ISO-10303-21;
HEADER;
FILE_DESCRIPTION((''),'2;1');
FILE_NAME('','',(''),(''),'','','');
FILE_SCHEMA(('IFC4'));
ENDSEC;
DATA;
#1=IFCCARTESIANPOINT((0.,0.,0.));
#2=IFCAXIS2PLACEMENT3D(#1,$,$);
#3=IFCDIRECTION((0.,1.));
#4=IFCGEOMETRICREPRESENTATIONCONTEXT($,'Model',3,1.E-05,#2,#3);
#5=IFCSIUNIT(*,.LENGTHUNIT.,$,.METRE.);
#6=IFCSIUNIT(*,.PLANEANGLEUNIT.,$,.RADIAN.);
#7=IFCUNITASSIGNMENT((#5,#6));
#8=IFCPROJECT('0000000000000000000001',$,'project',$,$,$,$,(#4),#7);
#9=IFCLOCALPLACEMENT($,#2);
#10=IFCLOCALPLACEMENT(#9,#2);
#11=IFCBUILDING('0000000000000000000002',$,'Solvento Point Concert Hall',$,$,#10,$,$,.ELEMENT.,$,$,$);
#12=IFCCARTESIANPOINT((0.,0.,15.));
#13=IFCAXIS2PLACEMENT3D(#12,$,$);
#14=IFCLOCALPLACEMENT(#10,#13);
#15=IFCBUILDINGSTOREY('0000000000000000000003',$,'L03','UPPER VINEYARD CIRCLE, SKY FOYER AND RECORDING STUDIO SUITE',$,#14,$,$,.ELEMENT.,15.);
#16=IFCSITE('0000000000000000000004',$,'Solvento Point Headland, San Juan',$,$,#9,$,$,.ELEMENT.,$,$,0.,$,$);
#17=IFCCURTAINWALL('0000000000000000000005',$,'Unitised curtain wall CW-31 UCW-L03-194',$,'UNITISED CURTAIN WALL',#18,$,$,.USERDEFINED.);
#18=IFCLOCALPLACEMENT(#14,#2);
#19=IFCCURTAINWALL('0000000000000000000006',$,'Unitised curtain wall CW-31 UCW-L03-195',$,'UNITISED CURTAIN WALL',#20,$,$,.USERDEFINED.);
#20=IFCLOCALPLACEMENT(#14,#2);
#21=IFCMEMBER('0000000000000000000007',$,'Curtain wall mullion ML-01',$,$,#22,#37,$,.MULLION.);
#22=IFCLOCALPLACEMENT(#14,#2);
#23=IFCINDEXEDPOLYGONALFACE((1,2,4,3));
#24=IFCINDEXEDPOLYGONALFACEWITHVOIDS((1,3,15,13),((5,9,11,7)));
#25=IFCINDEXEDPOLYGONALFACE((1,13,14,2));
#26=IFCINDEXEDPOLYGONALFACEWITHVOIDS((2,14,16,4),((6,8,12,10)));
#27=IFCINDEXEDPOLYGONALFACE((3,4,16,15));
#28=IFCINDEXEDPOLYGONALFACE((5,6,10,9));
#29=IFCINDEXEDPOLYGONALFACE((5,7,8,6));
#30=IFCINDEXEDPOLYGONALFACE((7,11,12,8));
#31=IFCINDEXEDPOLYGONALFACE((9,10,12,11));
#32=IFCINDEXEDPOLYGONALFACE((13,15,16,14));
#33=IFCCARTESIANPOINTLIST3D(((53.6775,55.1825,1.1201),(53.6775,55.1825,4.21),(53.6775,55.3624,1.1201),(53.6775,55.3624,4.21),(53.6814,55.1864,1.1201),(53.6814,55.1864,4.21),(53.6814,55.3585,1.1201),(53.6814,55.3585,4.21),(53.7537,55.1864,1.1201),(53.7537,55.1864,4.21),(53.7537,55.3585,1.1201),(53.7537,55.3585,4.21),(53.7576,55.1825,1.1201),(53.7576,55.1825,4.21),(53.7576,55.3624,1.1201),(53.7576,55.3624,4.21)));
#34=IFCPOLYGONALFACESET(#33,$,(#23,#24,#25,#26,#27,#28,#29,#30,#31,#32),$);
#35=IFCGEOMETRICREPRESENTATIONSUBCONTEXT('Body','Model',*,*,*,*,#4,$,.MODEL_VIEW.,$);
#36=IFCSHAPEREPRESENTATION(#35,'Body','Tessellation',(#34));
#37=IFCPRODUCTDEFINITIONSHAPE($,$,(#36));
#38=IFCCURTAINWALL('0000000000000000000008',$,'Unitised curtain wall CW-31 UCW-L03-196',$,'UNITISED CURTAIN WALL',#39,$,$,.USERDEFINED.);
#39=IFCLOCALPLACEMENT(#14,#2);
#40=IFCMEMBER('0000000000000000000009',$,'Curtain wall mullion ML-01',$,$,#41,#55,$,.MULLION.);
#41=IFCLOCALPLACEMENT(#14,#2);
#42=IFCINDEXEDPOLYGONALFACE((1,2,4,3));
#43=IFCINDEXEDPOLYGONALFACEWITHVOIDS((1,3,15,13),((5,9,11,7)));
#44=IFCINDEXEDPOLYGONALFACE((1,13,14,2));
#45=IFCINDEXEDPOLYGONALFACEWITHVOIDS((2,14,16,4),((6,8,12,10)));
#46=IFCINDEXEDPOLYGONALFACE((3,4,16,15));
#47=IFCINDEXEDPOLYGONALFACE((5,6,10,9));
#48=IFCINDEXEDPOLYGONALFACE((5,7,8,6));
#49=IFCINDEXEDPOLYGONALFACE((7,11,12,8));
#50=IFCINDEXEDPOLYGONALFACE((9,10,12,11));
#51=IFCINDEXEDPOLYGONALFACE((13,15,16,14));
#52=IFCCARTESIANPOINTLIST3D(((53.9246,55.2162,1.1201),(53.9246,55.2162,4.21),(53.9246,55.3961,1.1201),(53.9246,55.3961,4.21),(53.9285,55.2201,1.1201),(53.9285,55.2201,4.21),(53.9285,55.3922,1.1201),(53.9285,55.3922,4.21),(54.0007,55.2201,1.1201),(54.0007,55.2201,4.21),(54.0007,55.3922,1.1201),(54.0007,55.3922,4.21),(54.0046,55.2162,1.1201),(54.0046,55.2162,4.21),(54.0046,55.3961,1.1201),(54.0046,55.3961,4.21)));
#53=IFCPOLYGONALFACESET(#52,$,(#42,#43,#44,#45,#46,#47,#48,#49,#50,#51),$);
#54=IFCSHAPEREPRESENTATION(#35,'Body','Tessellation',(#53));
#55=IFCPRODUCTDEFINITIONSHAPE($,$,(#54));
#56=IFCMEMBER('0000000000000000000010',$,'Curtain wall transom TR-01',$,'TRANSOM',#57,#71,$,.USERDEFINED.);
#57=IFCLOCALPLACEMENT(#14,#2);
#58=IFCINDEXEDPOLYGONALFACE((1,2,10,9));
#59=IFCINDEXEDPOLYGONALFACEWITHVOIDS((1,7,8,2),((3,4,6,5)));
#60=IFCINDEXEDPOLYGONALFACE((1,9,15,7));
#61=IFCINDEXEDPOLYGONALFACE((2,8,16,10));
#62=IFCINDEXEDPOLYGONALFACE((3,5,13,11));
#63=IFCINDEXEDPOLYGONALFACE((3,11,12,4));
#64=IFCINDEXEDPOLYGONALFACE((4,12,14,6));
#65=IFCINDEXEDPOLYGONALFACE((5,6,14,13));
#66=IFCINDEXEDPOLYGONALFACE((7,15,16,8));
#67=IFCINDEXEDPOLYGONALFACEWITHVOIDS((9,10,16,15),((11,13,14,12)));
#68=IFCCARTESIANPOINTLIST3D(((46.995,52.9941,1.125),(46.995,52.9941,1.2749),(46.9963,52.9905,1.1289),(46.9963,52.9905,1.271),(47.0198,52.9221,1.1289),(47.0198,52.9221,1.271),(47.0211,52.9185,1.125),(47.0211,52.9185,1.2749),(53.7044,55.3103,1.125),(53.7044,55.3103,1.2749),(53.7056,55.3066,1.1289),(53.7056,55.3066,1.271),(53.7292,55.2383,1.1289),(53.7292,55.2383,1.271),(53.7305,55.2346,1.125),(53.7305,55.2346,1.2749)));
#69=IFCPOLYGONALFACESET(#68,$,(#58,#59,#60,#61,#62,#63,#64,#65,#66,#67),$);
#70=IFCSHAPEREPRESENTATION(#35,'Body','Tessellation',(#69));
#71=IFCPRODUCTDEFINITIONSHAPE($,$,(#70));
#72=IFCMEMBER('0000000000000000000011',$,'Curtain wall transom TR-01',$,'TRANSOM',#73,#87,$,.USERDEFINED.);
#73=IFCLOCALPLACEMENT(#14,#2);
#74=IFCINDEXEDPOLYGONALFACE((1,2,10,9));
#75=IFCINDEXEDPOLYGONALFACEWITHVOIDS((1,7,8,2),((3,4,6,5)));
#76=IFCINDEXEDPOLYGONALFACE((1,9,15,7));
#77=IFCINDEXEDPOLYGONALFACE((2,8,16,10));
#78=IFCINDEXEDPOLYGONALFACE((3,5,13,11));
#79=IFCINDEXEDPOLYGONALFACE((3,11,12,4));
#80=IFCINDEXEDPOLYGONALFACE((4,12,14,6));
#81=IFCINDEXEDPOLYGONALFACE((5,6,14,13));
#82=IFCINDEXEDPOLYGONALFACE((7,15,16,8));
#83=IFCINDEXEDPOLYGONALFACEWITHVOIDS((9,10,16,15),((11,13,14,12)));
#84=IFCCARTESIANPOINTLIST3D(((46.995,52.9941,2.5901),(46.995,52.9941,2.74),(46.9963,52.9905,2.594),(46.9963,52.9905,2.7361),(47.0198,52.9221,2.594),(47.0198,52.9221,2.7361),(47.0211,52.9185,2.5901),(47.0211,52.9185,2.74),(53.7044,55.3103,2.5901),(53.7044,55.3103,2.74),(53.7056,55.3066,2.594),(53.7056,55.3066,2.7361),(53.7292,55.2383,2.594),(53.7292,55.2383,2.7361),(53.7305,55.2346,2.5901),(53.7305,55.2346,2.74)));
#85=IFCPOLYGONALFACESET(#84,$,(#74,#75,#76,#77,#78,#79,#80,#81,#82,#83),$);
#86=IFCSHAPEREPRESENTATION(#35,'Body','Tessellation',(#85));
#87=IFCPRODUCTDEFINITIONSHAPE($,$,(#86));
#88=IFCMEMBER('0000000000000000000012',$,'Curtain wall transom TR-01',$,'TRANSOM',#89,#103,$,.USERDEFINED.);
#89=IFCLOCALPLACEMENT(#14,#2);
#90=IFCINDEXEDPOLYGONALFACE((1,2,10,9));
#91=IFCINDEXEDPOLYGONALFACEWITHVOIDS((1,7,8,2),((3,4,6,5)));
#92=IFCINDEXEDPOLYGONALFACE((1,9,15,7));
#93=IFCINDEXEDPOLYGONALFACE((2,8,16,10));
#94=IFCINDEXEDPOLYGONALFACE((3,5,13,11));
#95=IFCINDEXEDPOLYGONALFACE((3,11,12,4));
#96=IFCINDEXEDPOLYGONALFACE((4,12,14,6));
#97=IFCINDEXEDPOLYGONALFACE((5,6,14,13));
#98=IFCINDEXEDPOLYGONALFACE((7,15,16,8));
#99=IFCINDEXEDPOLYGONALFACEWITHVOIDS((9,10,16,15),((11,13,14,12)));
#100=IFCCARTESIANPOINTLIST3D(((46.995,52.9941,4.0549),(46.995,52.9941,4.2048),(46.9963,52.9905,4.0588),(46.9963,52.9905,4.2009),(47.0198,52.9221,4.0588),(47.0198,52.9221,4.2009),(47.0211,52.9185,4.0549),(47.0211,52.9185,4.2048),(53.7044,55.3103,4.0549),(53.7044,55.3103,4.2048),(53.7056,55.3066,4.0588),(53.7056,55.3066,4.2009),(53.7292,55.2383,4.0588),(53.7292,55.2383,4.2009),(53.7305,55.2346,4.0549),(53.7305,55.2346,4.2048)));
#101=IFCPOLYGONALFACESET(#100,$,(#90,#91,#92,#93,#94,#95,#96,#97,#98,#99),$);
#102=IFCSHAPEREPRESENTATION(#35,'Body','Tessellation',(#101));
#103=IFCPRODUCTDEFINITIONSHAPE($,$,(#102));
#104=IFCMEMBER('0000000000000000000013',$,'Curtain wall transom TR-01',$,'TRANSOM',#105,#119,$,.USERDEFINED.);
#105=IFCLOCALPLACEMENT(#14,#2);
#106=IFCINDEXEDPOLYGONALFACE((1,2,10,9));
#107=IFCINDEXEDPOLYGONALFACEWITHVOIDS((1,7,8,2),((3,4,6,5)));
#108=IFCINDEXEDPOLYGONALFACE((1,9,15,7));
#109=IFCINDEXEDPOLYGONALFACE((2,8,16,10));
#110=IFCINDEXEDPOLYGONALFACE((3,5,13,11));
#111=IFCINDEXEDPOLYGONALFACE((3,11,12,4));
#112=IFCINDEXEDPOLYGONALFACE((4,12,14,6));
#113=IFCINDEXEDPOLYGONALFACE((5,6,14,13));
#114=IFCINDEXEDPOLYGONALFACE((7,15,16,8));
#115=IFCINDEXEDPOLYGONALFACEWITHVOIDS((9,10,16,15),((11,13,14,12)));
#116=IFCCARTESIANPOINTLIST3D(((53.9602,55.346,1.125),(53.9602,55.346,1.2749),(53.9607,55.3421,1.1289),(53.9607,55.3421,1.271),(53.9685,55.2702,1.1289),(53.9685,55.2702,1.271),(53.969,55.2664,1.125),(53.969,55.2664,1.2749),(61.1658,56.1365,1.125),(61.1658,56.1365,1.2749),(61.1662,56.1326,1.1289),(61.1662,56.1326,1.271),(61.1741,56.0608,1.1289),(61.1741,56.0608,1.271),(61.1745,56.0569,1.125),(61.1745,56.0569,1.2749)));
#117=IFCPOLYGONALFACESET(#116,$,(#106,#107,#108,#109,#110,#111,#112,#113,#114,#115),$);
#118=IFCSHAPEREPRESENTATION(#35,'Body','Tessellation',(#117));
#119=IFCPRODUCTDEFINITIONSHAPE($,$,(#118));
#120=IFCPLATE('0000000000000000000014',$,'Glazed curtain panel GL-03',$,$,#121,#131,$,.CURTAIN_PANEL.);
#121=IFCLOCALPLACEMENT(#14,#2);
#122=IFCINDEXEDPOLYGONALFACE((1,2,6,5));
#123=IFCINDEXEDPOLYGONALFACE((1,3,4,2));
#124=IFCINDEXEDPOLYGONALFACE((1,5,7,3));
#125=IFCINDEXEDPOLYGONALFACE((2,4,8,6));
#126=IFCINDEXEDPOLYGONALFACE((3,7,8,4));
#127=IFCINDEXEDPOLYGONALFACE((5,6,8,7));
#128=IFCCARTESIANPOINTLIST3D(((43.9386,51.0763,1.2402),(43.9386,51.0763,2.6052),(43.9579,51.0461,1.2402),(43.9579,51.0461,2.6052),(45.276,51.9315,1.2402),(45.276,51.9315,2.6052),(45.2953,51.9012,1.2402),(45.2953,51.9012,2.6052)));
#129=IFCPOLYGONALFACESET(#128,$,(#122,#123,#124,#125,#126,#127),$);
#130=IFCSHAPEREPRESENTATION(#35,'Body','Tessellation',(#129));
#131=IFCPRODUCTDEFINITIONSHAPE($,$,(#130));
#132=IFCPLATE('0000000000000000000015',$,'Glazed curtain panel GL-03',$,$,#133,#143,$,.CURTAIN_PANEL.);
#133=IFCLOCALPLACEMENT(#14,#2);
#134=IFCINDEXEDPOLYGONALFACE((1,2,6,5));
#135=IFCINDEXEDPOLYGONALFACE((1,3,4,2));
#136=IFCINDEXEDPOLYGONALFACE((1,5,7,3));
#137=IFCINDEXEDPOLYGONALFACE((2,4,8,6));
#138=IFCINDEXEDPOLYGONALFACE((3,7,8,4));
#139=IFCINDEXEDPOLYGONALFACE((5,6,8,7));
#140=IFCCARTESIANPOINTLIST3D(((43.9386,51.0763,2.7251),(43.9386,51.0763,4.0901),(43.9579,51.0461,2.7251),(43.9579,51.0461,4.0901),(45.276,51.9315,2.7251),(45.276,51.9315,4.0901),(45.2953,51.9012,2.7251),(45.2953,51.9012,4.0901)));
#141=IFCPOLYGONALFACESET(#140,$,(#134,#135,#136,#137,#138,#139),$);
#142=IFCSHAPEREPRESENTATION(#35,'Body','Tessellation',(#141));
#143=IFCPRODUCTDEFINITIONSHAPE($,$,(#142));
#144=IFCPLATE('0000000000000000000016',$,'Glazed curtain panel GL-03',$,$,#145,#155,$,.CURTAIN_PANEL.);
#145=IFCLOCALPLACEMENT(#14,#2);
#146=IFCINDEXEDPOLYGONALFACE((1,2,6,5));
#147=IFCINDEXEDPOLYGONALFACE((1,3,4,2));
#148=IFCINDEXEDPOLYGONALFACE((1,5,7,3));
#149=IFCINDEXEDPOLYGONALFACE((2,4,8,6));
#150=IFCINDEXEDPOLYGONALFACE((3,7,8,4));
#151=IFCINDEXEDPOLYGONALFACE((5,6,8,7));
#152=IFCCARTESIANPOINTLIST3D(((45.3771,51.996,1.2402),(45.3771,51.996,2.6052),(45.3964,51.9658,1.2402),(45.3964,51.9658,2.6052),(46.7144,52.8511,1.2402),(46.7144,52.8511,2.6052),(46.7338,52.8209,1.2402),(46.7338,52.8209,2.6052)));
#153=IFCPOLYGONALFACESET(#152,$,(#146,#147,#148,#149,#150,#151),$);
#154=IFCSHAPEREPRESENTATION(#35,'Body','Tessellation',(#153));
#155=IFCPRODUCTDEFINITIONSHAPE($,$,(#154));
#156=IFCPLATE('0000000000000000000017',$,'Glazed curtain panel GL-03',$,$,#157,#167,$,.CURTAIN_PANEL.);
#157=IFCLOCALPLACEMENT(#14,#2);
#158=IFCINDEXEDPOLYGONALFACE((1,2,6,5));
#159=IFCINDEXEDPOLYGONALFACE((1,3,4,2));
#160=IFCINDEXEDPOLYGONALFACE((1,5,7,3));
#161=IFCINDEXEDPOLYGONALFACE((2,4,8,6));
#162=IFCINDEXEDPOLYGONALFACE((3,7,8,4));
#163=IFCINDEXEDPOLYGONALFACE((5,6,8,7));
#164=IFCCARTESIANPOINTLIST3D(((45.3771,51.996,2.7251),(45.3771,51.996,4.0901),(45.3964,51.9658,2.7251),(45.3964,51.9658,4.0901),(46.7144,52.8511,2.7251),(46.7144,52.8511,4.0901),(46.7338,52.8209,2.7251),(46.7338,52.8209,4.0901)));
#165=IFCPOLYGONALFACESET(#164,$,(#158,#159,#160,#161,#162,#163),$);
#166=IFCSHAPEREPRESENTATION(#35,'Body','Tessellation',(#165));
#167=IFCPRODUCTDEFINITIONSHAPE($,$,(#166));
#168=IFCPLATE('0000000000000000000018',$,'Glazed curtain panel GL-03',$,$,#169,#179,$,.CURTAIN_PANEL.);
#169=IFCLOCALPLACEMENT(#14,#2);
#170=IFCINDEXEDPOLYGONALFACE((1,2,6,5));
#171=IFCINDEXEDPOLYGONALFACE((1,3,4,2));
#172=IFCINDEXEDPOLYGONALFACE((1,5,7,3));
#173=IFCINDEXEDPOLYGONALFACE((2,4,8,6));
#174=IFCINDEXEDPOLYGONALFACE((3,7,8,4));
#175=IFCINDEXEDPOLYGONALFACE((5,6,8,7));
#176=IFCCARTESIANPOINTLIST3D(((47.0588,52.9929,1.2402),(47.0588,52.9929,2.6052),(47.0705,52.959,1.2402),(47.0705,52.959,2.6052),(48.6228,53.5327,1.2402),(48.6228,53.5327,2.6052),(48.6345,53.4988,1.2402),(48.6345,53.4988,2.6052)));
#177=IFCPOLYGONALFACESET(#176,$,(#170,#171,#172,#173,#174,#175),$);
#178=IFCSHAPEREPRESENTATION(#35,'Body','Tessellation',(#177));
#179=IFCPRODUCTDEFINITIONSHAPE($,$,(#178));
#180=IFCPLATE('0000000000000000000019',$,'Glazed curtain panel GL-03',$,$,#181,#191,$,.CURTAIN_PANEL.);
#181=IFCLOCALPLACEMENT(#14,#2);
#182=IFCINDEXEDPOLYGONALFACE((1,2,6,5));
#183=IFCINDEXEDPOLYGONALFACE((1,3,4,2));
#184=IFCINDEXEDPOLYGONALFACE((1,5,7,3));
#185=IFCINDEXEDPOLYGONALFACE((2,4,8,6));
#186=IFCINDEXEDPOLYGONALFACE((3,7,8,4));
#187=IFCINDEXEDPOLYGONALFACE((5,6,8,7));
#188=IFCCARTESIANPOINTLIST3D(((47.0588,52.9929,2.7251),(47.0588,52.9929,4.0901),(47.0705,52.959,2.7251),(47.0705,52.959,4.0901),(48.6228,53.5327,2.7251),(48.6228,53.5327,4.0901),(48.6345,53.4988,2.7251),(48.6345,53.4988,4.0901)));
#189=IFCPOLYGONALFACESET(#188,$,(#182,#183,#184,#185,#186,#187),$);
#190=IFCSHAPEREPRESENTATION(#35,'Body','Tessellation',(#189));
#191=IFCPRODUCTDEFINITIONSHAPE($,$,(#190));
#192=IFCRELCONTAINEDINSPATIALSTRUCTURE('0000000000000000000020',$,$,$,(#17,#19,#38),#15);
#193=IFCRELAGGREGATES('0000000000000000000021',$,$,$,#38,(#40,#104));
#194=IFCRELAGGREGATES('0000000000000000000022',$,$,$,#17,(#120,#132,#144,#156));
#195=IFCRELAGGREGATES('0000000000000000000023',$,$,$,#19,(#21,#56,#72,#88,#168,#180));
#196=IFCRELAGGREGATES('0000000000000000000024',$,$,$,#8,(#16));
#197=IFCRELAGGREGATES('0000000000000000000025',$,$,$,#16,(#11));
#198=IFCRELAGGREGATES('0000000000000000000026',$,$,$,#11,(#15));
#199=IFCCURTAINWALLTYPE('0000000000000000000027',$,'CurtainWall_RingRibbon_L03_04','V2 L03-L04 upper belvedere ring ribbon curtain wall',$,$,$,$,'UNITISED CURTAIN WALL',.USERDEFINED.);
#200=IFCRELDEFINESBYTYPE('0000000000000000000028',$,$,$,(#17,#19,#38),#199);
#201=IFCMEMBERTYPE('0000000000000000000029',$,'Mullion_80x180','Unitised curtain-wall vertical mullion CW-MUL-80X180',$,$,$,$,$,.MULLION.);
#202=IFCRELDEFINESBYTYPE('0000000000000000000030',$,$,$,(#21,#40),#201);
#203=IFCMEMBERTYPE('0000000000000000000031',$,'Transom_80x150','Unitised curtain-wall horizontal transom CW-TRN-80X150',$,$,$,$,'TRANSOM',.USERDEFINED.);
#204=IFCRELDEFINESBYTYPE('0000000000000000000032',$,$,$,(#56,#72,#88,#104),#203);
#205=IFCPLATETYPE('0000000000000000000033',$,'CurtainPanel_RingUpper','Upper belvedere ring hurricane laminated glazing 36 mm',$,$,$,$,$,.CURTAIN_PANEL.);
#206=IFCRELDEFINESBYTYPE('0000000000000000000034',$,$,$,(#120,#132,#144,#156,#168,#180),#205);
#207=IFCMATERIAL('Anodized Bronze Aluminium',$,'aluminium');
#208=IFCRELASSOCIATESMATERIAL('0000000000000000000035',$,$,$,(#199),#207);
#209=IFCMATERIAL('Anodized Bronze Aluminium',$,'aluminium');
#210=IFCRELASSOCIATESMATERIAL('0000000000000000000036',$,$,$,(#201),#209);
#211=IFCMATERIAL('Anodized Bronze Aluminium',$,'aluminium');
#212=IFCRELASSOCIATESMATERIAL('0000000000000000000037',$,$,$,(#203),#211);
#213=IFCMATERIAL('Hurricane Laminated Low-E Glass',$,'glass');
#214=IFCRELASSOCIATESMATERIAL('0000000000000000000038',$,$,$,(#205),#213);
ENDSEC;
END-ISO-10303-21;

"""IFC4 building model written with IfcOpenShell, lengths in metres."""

from ifc_helpers import new_model, si_unit, direction, frame, origin, origin_2d, place, context, subcontext, project, spatial, rectangle, hollow_rectangle, extrude, material, material_profile, profile_set, type_object, element, aggregate, save


model = new_model("IFC4")

# Units and contexts
model_context = context("Model", 3, precision=1e-05, world=origin(), true_north=direction((0.0, 1.0)))
body_context = subcontext(model_context, "Body", "Model", "MODEL_VIEW")
ifc_project = project(units=[si_unit("LENGTHUNIT", "METRE"), si_unit("PLANEANGLEUNIT", "RADIAN")], contexts=[model_context])

# Site, building, storey
site_placement = place(None, origin())
site = spatial("IfcSite", under=ifc_project, at=site_placement, Name="Solvento Point Headland, San Juan", CompositionType="ELEMENT", RefElevation=0.0)
building_placement = place(site_placement, origin())
building = spatial("IfcBuilding", under=site, at=building_placement, Name="Solvento Point Concert Hall", CompositionType="ELEMENT")
storey_placement = place(building_placement, frame((0.0, 0.0, 15.0)))
storey = spatial("IfcBuildingStorey", under=building, at=storey_placement, Name="L03", Description="UPPER VINEYARD CIRCLE, SKY FOYER AND RECORDING STUDIO SUITE", CompositionType="ELEMENT", Elevation=15.0)

# Curtain walls, member
ifc_material_1 = material(Name="Anodized Bronze Aluminium", Category="aluminium")
curtain_wall_type = type_object("IfcCurtainWallType", Name="CurtainWall_RingRibbon_L03_04", Description="V2 L03-L04 upper belvedere ring ribbon curtain wall", ElementType="UNITISED CURTAIN WALL", PredefinedType="USERDEFINED", material=ifc_material_1)
curtain_wall_1_placement = place(storey_placement, origin())
curtain_wall_1 = element("IfcCurtainWall", 1, at=curtain_wall_1_placement, inside=storey, type_object=curtain_wall_type, Name="Unitised curtain wall CW-31 UCW-L03-194", ObjectType="UNITISED CURTAIN WALL", PredefinedType="USERDEFINED")
ifc_material_2 = material(Name="Anodized Bronze Aluminium", Category="aluminium")
ifc_material_profile_1 = material_profile(ifc_material_2, hollow_rectangle(XDim=0.0801, YDim=0.1799, WallThickness=0.0039, at=origin_2d()), Name="CW-MUL-80X180")
ifc_profile_set_1 = profile_set([ifc_material_profile_1], Name="Anodized Bronze Aluminium")
member_type_1 = type_object("IfcMemberType", Name="Mullion_80x180", Description="Unitised curtain-wall vertical mullion CW-MUL-80X180", PredefinedType="MULLION", material=ifc_profile_set_1)
curtain_wall_2_placement = place(storey_placement, origin())
curtain_wall_2 = element("IfcCurtainWall", 2, at=curtain_wall_2_placement, inside=storey, type_object=curtain_wall_type, Name="Unitised curtain wall CW-31 UCW-L03-195", ObjectType="UNITISED CURTAIN WALL", PredefinedType="USERDEFINED")
member_1_placement = place(storey_placement, frame((53.7175, 55.2725, 1.1201), z_axis=(0.0, 0.0, 1.0), x_axis=(1.0, 0.0, 0.0)))
member_1 = element("IfcMember", 3, at=member_1_placement, type_object=member_type_1, Name="Curtain wall mullion ML-01", PredefinedType="MULLION", context=body_context, shape_type="SweptSolid", body=[
    extrude(hollow_rectangle(XDim=0.0801, YDim=0.1799, WallThickness=0.0039, at=origin_2d()), origin(), (0.0, 0.0, 1.0), 3.0898),
])

# Curtain wall, member
curtain_wall_3_placement = place(storey_placement, origin())
curtain_wall_3 = element("IfcCurtainWall", 4, at=curtain_wall_3_placement, inside=storey, type_object=curtain_wall_type, Name="Unitised curtain wall CW-31 UCW-L03-196", ObjectType="UNITISED CURTAIN WALL", PredefinedType="USERDEFINED")
member_2_placement = place(storey_placement, frame((53.9646, 55.3062, 1.1201), z_axis=(0.0, 0.0, 1.0), x_axis=(1.0, 0.0, 0.0)))
member_2 = element("IfcMember", 5, at=member_2_placement, type_object=member_type_1, Name="Curtain wall mullion ML-01", PredefinedType="MULLION", context=body_context, shape_type="SweptSolid", body=[
    extrude(hollow_rectangle(XDim=0.0801, YDim=0.1799, WallThickness=0.0039, at=origin_2d()), origin(), (0.0, 0.0, 1.0), 3.0898),
])

# Members
ifc_material_3 = material(Name="Anodized Bronze Aluminium", Category="aluminium")
ifc_material_profile_2 = material_profile(ifc_material_3, hollow_rectangle(XDim=0.0801, YDim=0.1499, WallThickness=0.0039, at=origin_2d()), Name="CW-TRN-80X150")
ifc_profile_set_2 = profile_set([ifc_material_profile_2], Name="Anodized Bronze Aluminium")
member_type_2 = type_object("IfcMemberType", Name="Transom_80x150", Description="Unitised curtain-wall horizontal transom CW-TRN-80X150", ElementType="TRANSOM", PredefinedType="USERDEFINED", material=ifc_profile_set_2)
member_3_placement = place(storey_placement, frame((47.0081, 52.9563, 1.2), z_axis=(0.945262, 0.326312, 0.0), x_axis=(-0.326312, 0.945262, 0.0)))
member_3 = element("IfcMember", 6, at=member_3_placement, type_object=member_type_2, Name="Curtain wall transom TR-01", ObjectType="TRANSOM", PredefinedType="USERDEFINED", context=body_context, shape_type="SweptSolid", body=[
    extrude(hollow_rectangle(XDim=0.0801, YDim=0.1499, WallThickness=0.0039, at=origin_2d()), origin(), (0.0, 0.0, 1.0), 7.0979),
])
member_4_placement = place(storey_placement, frame((47.0081, 52.9563, 2.665), z_axis=(0.945262, 0.326312, 0.0), x_axis=(-0.326312, 0.945262, 0.0)))
member_4 = element("IfcMember", 7, at=member_4_placement, type_object=member_type_2, Name="Curtain wall transom TR-01", ObjectType="TRANSOM", PredefinedType="USERDEFINED", context=body_context, shape_type="SweptSolid", body=[
    extrude(hollow_rectangle(XDim=0.0801, YDim=0.1499, WallThickness=0.0039, at=origin_2d()), origin(), (0.0, 0.0, 1.0), 7.0979),
])
member_5_placement = place(storey_placement, frame((47.0081, 52.9563, 4.1299), z_axis=(0.945262, 0.326312, 0.0), x_axis=(-0.326312, 0.945262, 0.0)))
member_5 = element("IfcMember", 8, at=member_5_placement, type_object=member_type_2, Name="Curtain wall transom TR-01", ObjectType="TRANSOM", PredefinedType="USERDEFINED", context=body_context, shape_type="SweptSolid", body=[
    extrude(hollow_rectangle(XDim=0.0801, YDim=0.1499, WallThickness=0.0039, at=origin_2d()), origin(), (0.0, 0.0, 1.0), 7.0979),
])
member_6_placement = place(storey_placement, frame((53.9646, 55.3062, 1.2), z_axis=(0.994036, 0.109056, 0.0), x_axis=(-0.109056, 0.994036, 0.0)))
member_6 = element("IfcMember", 9, at=member_6_placement, type_object=member_type_2, Name="Curtain wall transom TR-01", ObjectType="TRANSOM", PredefinedType="USERDEFINED", context=body_context, shape_type="SweptSolid", body=[
    extrude(hollow_rectangle(XDim=0.0801, YDim=0.1499, WallThickness=0.0039, at=origin_2d()), origin(), (0.0, 0.0, 1.0), 7.2488),
])
aggregate(curtain_wall_3, [member_2, member_6])

# Plates
ifc_material_4 = material(Name="Hurricane Laminated Low-E Glass", Category="glass")
plate_type = type_object("IfcPlateType", Name="CurtainPanel_RingUpper", Description="Upper belvedere ring hurricane laminated glazing 36 mm", PredefinedType="CURTAIN_PANEL", material=ifc_material_4)
plate_1_placement = place(storey_placement, frame((44.6169, 51.4888, 1.2402), z_axis=(0.0, 0.0, 1.0), x_axis=(0.84249, 0.538712, 0.0)))
plate_1 = element("IfcPlate", 10, at=plate_1_placement, type_object=plate_type, Name="Glazed curtain panel GL-03", PredefinedType="CURTAIN_PANEL", context=body_context, shape_type="SweptSolid", body=[
    extrude(rectangle(XDim=1.5874, YDim=0.0359, at=origin_2d()), origin(), (0.0, 0.0, 1.0), 1.365),
])
plate_2_placement = place(storey_placement, frame((44.6169, 51.4888, 2.7251), z_axis=(0.0, 0.0, 1.0), x_axis=(0.84249, 0.538712, 0.0)))
plate_2 = element("IfcPlate", 11, at=plate_2_placement, type_object=plate_type, Name="Glazed curtain panel GL-03", PredefinedType="CURTAIN_PANEL", context=body_context, shape_type="SweptSolid", body=[
    extrude(rectangle(XDim=1.5874, YDim=0.0359, at=origin_2d()), origin(), (0.0, 0.0, 1.0), 1.365),
])
plate_3_placement = place(storey_placement, frame((46.0554, 52.4084, 1.2402), z_axis=(0.0, 0.0, 1.0), x_axis=(0.84249, 0.538712, 0.0)))
plate_3 = element("IfcPlate", 12, at=plate_3_placement, type_object=plate_type, Name="Glazed curtain panel GL-03", PredefinedType="CURTAIN_PANEL", context=body_context, shape_type="SweptSolid", body=[
    extrude(rectangle(XDim=1.5874, YDim=0.0359, at=origin_2d()), origin(), (0.0, 0.0, 1.0), 1.365),
])
plate_4_placement = place(storey_placement, frame((46.0554, 52.4084, 2.7251), z_axis=(0.0, 0.0, 1.0), x_axis=(0.84249, 0.538712, 0.0)))
plate_4 = element("IfcPlate", 13, at=plate_4_placement, type_object=plate_type, Name="Glazed curtain panel GL-03", PredefinedType="CURTAIN_PANEL", context=body_context, shape_type="SweptSolid", body=[
    extrude(rectangle(XDim=1.5874, YDim=0.0359, at=origin_2d()), origin(), (0.0, 0.0, 1.0), 1.365),
])
aggregate(curtain_wall_1, [plate_1, plate_2, plate_3, plate_4])
plate_5_placement = place(storey_placement, frame((47.8467, 53.2458, 1.2402), z_axis=(0.0, 0.0, 1.0), x_axis=(0.945271, 0.326286, 0.0)))
plate_5 = element("IfcPlate", 14, at=plate_5_placement, type_object=plate_type, Name="Glazed curtain panel GL-03", PredefinedType="CURTAIN_PANEL", context=body_context, shape_type="SweptSolid", body=[
    extrude(rectangle(XDim=1.6545, YDim=0.0359, at=origin_2d()), origin(), (0.0, 0.0, 1.0), 1.365),
])
plate_6_placement = place(storey_placement, frame((47.8467, 53.2458, 2.7251), z_axis=(0.0, 0.0, 1.0), x_axis=(0.945271, 0.326286, 0.0)))
plate_6 = element("IfcPlate", 15, at=plate_6_placement, type_object=plate_type, Name="Glazed curtain panel GL-03", PredefinedType="CURTAIN_PANEL", context=body_context, shape_type="SweptSolid", body=[
    extrude(rectangle(XDim=1.6545, YDim=0.0359, at=origin_2d()), origin(), (0.0, 0.0, 1.0), 1.365),
])
aggregate(curtain_wall_2, [member_1, member_3, member_4, member_5, plate_5, plate_6])

save(model, "model.ifc")
